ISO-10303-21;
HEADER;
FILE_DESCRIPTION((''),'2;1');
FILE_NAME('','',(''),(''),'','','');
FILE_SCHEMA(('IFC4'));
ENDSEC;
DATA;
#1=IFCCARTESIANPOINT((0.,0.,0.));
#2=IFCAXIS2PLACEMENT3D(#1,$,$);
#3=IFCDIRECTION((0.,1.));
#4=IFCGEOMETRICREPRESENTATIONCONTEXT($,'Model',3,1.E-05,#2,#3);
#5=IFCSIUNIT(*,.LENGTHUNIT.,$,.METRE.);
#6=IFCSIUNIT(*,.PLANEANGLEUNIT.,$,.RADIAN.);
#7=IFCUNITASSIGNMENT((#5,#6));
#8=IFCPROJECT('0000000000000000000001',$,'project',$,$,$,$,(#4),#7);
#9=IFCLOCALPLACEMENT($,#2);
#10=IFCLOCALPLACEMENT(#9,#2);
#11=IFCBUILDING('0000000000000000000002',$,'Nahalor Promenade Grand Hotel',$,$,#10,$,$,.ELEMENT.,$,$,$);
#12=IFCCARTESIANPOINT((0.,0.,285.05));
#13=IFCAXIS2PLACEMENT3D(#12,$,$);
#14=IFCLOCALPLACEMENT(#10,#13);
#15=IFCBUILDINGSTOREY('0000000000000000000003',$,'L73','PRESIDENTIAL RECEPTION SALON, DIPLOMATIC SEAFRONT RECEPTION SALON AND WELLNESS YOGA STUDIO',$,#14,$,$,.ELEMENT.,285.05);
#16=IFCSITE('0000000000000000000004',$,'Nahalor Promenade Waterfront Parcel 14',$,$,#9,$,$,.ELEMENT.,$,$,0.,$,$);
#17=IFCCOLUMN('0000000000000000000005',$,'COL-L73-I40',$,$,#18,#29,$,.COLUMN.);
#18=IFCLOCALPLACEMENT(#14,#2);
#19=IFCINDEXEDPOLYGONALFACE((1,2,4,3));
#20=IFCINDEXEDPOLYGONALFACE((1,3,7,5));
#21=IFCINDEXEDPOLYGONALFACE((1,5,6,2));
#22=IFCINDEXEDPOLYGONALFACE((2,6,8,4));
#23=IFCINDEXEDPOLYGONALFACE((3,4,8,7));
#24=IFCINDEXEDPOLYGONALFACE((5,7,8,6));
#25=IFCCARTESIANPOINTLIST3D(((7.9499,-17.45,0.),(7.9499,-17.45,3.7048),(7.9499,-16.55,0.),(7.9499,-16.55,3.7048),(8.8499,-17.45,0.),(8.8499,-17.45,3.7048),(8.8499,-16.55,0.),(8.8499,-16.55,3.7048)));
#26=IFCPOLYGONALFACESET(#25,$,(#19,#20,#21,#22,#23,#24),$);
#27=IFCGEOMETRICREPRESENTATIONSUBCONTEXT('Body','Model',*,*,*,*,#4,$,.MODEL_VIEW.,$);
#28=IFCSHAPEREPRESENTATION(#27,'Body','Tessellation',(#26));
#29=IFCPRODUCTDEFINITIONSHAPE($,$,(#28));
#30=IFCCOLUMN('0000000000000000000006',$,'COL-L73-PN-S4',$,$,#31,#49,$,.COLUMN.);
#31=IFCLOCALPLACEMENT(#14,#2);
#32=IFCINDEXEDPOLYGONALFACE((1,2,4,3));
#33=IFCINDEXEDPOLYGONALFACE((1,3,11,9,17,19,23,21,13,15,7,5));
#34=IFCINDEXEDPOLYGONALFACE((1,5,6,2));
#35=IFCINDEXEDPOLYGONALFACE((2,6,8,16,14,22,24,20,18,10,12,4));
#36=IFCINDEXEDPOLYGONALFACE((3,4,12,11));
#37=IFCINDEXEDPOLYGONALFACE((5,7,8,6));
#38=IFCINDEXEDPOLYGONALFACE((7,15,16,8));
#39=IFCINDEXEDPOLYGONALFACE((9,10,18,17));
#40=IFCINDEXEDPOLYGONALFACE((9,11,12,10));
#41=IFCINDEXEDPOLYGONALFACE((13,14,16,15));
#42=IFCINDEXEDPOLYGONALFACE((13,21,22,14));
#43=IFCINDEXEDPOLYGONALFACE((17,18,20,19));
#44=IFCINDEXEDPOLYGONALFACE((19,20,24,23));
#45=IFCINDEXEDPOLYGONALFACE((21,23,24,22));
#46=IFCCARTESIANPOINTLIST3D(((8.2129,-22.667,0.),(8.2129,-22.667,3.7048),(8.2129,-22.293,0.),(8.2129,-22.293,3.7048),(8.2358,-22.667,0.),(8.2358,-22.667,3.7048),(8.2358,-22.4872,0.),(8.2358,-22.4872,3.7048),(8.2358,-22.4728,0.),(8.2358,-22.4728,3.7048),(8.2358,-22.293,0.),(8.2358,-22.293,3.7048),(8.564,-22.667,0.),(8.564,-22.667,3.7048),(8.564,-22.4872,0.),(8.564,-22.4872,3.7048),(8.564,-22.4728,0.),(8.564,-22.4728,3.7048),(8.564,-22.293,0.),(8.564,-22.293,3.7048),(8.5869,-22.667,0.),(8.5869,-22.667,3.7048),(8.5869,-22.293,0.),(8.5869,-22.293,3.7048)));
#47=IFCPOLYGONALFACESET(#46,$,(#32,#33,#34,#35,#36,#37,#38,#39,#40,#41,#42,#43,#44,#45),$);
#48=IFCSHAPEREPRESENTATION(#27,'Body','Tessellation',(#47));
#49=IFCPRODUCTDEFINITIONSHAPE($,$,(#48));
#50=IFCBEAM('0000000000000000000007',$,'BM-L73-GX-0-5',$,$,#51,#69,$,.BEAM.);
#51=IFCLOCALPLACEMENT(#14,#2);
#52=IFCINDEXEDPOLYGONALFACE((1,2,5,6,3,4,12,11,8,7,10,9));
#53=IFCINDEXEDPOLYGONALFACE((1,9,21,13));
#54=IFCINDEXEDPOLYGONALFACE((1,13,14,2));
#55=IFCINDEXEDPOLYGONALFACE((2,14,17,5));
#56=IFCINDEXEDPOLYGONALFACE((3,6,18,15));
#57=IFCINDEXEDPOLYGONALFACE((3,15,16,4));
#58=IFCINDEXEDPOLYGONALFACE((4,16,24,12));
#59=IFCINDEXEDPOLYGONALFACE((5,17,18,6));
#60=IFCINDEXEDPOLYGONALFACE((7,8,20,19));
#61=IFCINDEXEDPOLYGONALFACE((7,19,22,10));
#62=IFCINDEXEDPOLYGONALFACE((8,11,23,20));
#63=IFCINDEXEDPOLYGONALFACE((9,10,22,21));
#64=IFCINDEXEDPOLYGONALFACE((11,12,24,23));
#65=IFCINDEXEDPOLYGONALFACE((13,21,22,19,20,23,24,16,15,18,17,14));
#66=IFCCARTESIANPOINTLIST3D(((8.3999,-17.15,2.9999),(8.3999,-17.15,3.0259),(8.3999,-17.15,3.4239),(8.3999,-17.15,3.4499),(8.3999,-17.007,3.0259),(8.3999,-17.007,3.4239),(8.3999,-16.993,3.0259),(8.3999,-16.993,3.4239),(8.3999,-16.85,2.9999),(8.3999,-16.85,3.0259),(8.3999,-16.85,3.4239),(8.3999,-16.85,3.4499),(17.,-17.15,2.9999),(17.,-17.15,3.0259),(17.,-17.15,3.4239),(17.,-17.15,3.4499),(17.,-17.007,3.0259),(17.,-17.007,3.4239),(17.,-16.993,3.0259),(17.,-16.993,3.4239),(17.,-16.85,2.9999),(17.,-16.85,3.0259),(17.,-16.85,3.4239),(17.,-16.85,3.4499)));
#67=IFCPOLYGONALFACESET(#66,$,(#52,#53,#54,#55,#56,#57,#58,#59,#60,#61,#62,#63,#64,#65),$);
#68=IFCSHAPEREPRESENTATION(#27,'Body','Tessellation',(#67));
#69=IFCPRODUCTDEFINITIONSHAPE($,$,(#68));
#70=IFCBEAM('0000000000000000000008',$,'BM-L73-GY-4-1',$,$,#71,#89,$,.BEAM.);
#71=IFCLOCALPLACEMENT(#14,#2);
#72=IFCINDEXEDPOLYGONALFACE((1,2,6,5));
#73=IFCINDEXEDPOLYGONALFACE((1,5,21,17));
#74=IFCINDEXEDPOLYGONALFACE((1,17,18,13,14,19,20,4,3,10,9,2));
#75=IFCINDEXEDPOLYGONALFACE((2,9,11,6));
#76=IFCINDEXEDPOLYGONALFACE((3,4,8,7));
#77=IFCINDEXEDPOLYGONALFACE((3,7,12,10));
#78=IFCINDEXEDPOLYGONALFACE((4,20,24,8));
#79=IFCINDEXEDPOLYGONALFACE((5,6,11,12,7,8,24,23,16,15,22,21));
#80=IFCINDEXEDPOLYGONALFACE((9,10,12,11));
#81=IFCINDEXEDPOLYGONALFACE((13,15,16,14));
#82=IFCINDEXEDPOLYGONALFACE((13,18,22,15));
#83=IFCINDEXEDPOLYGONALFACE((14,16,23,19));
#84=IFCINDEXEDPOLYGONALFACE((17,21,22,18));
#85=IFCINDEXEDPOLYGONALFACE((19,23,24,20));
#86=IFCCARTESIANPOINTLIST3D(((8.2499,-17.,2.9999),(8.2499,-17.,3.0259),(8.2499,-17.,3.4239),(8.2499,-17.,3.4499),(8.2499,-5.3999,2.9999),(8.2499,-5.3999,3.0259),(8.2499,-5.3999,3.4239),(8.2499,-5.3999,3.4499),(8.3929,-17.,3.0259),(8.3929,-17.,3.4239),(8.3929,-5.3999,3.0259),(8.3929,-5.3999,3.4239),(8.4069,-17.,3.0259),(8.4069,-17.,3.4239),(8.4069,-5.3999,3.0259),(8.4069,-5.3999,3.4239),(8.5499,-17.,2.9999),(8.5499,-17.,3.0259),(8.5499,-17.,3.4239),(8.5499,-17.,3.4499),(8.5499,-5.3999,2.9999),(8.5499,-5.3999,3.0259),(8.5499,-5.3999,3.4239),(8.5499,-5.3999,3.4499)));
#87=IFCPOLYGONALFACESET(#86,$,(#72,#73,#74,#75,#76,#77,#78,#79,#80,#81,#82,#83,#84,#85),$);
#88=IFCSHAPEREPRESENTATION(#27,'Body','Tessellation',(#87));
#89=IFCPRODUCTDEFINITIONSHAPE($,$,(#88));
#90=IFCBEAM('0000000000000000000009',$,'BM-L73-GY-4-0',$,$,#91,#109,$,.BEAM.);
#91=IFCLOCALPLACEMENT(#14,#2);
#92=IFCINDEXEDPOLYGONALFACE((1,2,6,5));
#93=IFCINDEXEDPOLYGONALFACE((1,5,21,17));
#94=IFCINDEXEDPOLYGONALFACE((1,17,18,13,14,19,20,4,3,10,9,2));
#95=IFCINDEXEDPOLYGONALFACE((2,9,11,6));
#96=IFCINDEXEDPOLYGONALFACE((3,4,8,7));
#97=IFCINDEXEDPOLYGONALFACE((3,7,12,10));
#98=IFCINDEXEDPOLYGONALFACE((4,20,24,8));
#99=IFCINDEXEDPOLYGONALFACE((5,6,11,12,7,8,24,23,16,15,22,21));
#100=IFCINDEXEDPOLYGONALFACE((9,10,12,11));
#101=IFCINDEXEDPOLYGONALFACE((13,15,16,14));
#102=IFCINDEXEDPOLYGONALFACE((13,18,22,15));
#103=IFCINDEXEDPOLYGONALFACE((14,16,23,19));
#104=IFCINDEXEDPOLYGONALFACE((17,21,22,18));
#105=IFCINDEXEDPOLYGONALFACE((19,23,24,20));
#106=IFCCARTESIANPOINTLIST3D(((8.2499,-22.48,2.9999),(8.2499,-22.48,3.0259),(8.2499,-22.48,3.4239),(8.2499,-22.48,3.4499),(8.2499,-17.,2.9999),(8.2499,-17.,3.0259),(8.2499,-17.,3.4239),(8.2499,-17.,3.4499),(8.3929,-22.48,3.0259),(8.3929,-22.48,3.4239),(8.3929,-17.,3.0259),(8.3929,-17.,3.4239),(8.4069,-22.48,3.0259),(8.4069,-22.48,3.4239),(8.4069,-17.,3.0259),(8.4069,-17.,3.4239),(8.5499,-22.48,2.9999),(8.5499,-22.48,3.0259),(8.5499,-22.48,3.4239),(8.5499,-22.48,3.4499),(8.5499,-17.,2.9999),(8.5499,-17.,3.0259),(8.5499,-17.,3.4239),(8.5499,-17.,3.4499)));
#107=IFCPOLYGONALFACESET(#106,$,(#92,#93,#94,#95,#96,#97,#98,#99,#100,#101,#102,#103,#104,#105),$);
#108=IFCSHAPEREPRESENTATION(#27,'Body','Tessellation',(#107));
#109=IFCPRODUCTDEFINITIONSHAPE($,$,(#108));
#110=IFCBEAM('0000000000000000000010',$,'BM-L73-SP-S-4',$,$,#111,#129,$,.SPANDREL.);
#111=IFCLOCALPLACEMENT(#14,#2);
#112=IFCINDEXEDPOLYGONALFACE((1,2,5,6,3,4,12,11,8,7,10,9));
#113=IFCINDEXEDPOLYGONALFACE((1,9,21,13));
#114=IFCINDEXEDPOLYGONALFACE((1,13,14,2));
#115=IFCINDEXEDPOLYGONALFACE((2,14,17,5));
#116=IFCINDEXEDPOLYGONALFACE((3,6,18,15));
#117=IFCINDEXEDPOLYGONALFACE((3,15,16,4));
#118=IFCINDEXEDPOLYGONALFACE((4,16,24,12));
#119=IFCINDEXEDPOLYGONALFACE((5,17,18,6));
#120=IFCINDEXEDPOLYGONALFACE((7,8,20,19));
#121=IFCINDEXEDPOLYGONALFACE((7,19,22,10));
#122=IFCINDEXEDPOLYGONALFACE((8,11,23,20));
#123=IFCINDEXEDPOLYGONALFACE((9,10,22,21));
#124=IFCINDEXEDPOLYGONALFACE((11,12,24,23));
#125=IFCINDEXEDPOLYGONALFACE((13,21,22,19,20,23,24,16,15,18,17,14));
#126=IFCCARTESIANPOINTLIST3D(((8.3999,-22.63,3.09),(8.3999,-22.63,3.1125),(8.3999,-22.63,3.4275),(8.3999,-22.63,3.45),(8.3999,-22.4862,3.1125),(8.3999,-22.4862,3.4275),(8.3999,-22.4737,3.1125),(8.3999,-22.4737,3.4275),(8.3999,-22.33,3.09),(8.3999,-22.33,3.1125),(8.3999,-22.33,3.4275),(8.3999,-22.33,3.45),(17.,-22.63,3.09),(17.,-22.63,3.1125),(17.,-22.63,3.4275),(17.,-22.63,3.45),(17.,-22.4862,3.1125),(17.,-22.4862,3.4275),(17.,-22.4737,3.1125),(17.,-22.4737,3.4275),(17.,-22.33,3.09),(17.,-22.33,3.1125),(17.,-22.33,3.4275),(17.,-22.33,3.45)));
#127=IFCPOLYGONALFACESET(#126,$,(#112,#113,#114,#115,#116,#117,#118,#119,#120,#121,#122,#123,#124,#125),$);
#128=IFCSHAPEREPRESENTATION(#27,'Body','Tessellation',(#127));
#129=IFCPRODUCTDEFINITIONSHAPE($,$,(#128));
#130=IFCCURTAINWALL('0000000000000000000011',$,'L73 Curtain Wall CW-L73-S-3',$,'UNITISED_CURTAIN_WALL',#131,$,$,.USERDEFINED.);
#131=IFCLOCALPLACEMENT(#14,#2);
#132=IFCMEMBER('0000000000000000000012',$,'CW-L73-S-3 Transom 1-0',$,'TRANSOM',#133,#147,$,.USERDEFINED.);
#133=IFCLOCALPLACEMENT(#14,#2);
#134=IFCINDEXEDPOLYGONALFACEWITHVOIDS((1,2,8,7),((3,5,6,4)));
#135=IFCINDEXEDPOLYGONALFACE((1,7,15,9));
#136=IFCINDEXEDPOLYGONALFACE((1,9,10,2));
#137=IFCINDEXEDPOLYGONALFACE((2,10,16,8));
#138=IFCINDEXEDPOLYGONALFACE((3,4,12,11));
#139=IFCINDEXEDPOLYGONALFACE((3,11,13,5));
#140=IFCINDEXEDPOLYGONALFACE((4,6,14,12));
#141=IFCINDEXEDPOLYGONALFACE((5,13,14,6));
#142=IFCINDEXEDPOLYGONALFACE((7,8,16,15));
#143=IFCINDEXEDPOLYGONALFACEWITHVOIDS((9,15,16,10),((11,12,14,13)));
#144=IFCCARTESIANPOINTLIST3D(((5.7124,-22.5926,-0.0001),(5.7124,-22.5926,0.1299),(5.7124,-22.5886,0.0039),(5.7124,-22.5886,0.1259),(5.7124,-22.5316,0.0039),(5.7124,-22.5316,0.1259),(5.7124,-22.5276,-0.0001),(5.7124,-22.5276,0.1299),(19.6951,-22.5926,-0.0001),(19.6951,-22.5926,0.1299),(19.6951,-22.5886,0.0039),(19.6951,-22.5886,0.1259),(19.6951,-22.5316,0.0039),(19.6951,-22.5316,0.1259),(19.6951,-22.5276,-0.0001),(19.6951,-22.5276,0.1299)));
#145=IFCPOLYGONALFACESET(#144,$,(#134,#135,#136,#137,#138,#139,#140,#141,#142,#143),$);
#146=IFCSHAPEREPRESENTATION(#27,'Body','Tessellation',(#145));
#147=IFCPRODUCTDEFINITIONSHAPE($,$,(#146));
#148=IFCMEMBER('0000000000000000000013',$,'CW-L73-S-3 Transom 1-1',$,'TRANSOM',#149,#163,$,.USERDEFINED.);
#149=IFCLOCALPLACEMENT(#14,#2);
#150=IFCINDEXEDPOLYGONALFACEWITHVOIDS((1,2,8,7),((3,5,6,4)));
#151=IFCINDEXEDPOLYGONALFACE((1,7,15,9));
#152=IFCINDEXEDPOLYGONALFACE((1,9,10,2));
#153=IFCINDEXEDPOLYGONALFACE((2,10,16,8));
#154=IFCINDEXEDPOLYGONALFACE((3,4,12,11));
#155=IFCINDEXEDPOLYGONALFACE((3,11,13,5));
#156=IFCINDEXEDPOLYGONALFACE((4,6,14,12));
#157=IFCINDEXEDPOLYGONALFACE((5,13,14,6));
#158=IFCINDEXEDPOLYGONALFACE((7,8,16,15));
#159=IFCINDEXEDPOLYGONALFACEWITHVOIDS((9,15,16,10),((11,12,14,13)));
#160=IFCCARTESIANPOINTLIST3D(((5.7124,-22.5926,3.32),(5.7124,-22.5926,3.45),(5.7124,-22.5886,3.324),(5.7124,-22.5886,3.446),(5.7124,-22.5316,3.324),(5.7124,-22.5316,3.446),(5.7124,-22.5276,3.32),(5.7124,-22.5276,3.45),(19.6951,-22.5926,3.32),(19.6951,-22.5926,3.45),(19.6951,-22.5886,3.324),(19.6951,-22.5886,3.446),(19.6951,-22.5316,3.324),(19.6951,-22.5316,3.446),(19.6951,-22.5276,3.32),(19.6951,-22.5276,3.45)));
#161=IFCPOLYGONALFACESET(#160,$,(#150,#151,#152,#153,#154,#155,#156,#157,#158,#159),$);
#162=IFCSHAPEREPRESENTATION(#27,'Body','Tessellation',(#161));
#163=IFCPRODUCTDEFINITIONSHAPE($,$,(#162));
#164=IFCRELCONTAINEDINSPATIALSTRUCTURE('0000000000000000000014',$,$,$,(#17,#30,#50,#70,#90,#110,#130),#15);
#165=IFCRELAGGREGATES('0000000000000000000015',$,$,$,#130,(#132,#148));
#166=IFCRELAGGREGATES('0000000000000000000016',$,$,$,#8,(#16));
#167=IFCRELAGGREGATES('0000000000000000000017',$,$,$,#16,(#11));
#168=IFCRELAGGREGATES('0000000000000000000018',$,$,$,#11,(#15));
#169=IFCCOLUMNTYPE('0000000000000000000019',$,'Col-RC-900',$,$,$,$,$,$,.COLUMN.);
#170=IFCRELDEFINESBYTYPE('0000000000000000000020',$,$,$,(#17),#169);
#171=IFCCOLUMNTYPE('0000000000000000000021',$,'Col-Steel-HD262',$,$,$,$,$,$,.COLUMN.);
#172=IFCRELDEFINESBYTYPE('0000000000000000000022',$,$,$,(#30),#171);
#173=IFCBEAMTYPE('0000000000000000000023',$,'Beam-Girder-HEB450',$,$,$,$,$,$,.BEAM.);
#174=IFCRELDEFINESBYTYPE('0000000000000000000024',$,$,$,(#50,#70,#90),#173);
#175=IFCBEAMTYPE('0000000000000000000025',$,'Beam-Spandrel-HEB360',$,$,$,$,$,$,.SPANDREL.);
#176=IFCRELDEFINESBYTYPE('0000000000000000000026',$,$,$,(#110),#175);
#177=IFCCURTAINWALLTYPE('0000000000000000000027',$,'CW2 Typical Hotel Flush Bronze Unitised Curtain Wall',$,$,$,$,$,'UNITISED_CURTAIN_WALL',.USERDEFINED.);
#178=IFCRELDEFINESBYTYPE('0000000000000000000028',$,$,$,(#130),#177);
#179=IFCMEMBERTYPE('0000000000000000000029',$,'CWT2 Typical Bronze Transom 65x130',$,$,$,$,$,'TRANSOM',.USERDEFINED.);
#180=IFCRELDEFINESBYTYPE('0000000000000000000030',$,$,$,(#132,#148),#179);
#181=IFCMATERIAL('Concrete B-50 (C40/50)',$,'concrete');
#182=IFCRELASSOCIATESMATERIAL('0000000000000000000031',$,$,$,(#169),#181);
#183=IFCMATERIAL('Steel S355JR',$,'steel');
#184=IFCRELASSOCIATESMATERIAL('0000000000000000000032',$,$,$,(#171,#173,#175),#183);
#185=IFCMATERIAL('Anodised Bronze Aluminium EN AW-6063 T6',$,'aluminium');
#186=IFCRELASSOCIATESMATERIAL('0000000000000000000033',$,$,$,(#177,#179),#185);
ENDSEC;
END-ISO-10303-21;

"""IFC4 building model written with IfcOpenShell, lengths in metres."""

from ifc_helpers import new_model, si_unit, direction, frame, origin, origin_2d, place, context, subcontext, project, spatial, rectangle, hollow_rectangle, i_section, extrude, source, transform, mapped, material, material_profile, profile_set, type_object, element, aggregate, save


model = new_model("IFC4")

# Units and contexts
model_context = context("Model", 3, precision=1e-05, world=origin(), true_north=direction((0.0, 1.0)))
body_context = subcontext(model_context, "Body", "Model", "MODEL_VIEW")
ifc_project = project(units=[si_unit("LENGTHUNIT", "METRE"), si_unit("PLANEANGLEUNIT", "RADIAN")], contexts=[model_context])

# Site, building, storey
site_placement = place(None, origin())
site = spatial("IfcSite", under=ifc_project, at=site_placement, Name="Nahalor Promenade Waterfront Parcel 14", CompositionType="ELEMENT", RefElevation=0.0)
building_placement = place(site_placement, origin())
building = spatial("IfcBuilding", under=site, at=building_placement, Name="Nahalor Promenade Grand Hotel", CompositionType="ELEMENT")
storey_placement = place(building_placement, frame((0.0, 0.0, 285.05)))
storey = spatial("IfcBuildingStorey", under=building, at=storey_placement, Name="L73", Description="PRESIDENTIAL RECEPTION SALON, DIPLOMATIC SEAFRONT RECEPTION SALON AND WELLNESS YOGA STUDIO", CompositionType="ELEMENT", Elevation=285.05)

# Columns
ifc_material_1 = material(Name="Concrete B-50 (C40/50)", Category="concrete")
ifc_material_profile_1 = material_profile(ifc_material_1, rectangle(XDim=0.9, YDim=0.9, at=origin_2d()), Name="RC 900x900")
ifc_profile_set_1 = profile_set([ifc_material_profile_1], Name="Concrete B-50 (C40/50)")
column_type_1 = type_object("IfcColumnType", Name="Col-RC-900", PredefinedType="COLUMN", material=ifc_profile_set_1)
shared_shape_1 = source(origin(), body_context, "Body", "SweptSolid", [
    extrude(rectangle(XDim=0.9, YDim=0.9, at=origin_2d()), origin(), (0.0, 0.0, 1.0), 3.7048),
])
column_1_placement = place(storey_placement, frame((8.3999, -17.0, 0.0), z_axis=(0.0, 0.0, 1.0), x_axis=(1.0, 0.0, 0.0)))
element("IfcColumn", 1, at=column_1_placement, inside=storey, type_object=column_type_1, Name="COL-L73-I40", PredefinedType="COLUMN", context=body_context, shape_type="MappedRepresentation", body=[
    mapped(shared_shape_1, transform((0.0, 0.0, 0.0), scale=1.0)),
])
ifc_material_2 = material(Name="Steel S355JR", Category="steel")
ifc_material_profile_2 = material_profile(ifc_material_2, i_section(OverallWidth=0.374, OverallDepth=0.374, WebThickness=0.0144, FlangeThickness=0.0229, at=origin_2d()), Name="HD 360x262")
ifc_profile_set_2 = profile_set([ifc_material_profile_2], Name="Steel S355JR")
column_type_2 = type_object("IfcColumnType", Name="Col-Steel-HD262", PredefinedType="COLUMN", material=ifc_profile_set_2)
shared_shape_2 = source(origin(), body_context, "Body", "SweptSolid", [
    extrude(i_section(OverallWidth=0.374, OverallDepth=0.374, WebThickness=0.0144, FlangeThickness=0.0229, at=origin_2d()), origin(), (0.0, 0.0, 1.0), 3.7048),
])
column_2_placement = place(storey_placement, frame((8.3999, -22.48, 0.0), z_axis=(0.0, 0.0, 1.0), x_axis=(0.0, 1.0, 0.0)))
element("IfcColumn", 2, at=column_2_placement, inside=storey, type_object=column_type_2, Name="COL-L73-PN-S4", PredefinedType="COLUMN", context=body_context, shape_type="MappedRepresentation", body=[
    mapped(shared_shape_2, transform((0.0, 0.0, 0.0), scale=1.0)),
])

# Beams
ifc_material_profile_3 = material_profile(ifc_material_2, i_section(OverallWidth=0.3, OverallDepth=0.45, WebThickness=0.014, FlangeThickness=0.026, at=origin_2d()), Name="HEB 450")
ifc_profile_set_3 = profile_set([ifc_material_profile_3], Name="Steel S355JR")
beam_type_1 = type_object("IfcBeamType", Name="Beam-Girder-HEB450", PredefinedType="BEAM", material=ifc_profile_set_3)
shared_shape_3 = source(origin(), body_context, "Body", "SweptSolid", [
    extrude(i_section(OverallWidth=0.3, OverallDepth=0.45, WebThickness=0.014, FlangeThickness=0.026, at=origin_2d()), origin(), (0.0, 0.0, 1.0), 8.6001),
])
beam_1_placement = place(storey_placement, frame((8.3999, -17.0, 3.2249), z_axis=(1.0, 0.0, 0.0), x_axis=(0.0, 1.0, 0.0)))
element("IfcBeam", 3, at=beam_1_placement, inside=storey, type_object=beam_type_1, Name="BM-L73-GX-0-5", PredefinedType="BEAM", context=body_context, shape_type="MappedRepresentation", body=[
    mapped(shared_shape_3, transform((0.0, 0.0, 0.0), scale=1.0)),
])
shared_shape_4 = source(origin(), body_context, "Body", "SweptSolid", [
    extrude(i_section(OverallWidth=0.3, OverallDepth=0.45, WebThickness=0.014, FlangeThickness=0.026, at=origin_2d()), origin(), (0.0, 0.0, 1.0), 11.6001),
])
beam_2_placement = place(storey_placement, frame((8.3999, -17.0, 3.2249), z_axis=(0.0, 1.0, 0.0), x_axis=(-1.0, 0.0, 0.0)))
element("IfcBeam", 4, at=beam_2_placement, inside=storey, type_object=beam_type_1, Name="BM-L73-GY-4-1", PredefinedType="BEAM", context=body_context, shape_type="MappedRepresentation", body=[
    mapped(shared_shape_4, transform((0.0, 0.0, 0.0), scale=1.0)),
])
shared_shape_5 = source(origin(), body_context, "Body", "SweptSolid", [
    extrude(i_section(OverallWidth=0.3, OverallDepth=0.45, WebThickness=0.014, FlangeThickness=0.026, at=origin_2d()), origin(), (0.0, 0.0, 1.0), 5.48),
])
beam_3_placement = place(storey_placement, frame((8.3999, -22.48, 3.2249), z_axis=(0.0, 1.0, 0.0), x_axis=(-1.0, 0.0, 0.0)))
element("IfcBeam", 5, at=beam_3_placement, inside=storey, type_object=beam_type_1, Name="BM-L73-GY-4-0", PredefinedType="BEAM", context=body_context, shape_type="MappedRepresentation", body=[
    mapped(shared_shape_5, transform((0.0, 0.0, 0.0), scale=1.0)),
])
ifc_material_profile_4 = material_profile(ifc_material_2, i_section(OverallWidth=0.3, OverallDepth=0.36, WebThickness=0.0125, FlangeThickness=0.0225, at=origin_2d()), Name="HEB 360")
ifc_profile_set_4 = profile_set([ifc_material_profile_4], Name="Steel S355JR")
beam_type_2 = type_object("IfcBeamType", Name="Beam-Spandrel-HEB360", PredefinedType="SPANDREL", material=ifc_profile_set_4)
shared_shape_6 = source(origin(), body_context, "Body", "SweptSolid", [
    extrude(i_section(OverallWidth=0.3, OverallDepth=0.36, WebThickness=0.0125, FlangeThickness=0.0225, at=origin_2d()), origin(), (0.0, 0.0, 1.0), 8.6001),
])
beam_4_placement = place(storey_placement, frame((8.3999, -22.48, 3.27), z_axis=(1.0, 0.0, 0.0), x_axis=(0.0, 1.0, 0.0)))
element("IfcBeam", 6, at=beam_4_placement, inside=storey, type_object=beam_type_2, Name="BM-L73-SP-S-4", PredefinedType="SPANDREL", context=body_context, shape_type="MappedRepresentation", body=[
    mapped(shared_shape_6, transform((0.0, 0.0, 0.0), scale=1.0)),
])

# Curtain wall, members
ifc_material_3 = material(Name="Anodised Bronze Aluminium EN AW-6063 T6", Category="aluminium")
curtain_wall_type = type_object("IfcCurtainWallType", Name="CW2 Typical Hotel Flush Bronze Unitised Curtain Wall", ElementType="UNITISED_CURTAIN_WALL", PredefinedType="USERDEFINED", material=ifc_material_3)
curtain_wall_placement = place(storey_placement, origin())
curtain_wall = element("IfcCurtainWall", 7, at=curtain_wall_placement, inside=storey, type_object=curtain_wall_type, Name="L73 Curtain Wall CW-L73-S-3", ObjectType="UNITISED_CURTAIN_WALL", PredefinedType="USERDEFINED")
ifc_material_profile_5 = material_profile(ifc_material_3, hollow_rectangle(XDim=0.065, YDim=0.13, WallThickness=0.004, at=origin_2d()), Name="CWT 65x130x4")
ifc_profile_set_5 = profile_set([ifc_material_profile_5], Name="Anodised Bronze Aluminium EN AW-6063 T6")
member_type_1 = type_object("IfcMemberType", Name="CWT2 Typical Bronze Transom 65x130", ElementType="TRANSOM", PredefinedType="USERDEFINED", material=ifc_profile_set_5)
shared_shape_7 = source(origin(), body_context, "Body", "SweptSolid", [
    extrude(hollow_rectangle(XDim=0.065, YDim=0.13, WallThickness=0.004, at=origin_2d()), origin(), (0.0, 0.0, 1.0), 13.9827),
])
member_1_placement = place(storey_placement, frame((5.7124, -22.5601, 0.0649), z_axis=(1.0, 0.0, 0.0), x_axis=(0.0, 1.0, 0.0)))
member_1 = element("IfcMember", 8, at=member_1_placement, type_object=member_type_1, Name="CW-L73-S-3 Transom 1-0", ObjectType="TRANSOM", PredefinedType="USERDEFINED", context=body_context, shape_type="MappedRepresentation", body=[
    mapped(shared_shape_7, transform((0.0, 0.0, 0.0), scale=1.0)),
])
member_2_placement = place(storey_placement, frame((5.7124, -22.5601, 3.385), z_axis=(1.0, 0.0, 0.0), x_axis=(0.0, 1.0, 0.0)))
member_2 = element("IfcMember", 9, at=member_2_placement, type_object=member_type_1, Name="CW-L73-S-3 Transom 1-1", ObjectType="TRANSOM", PredefinedType="USERDEFINED", context=body_context, shape_type="MappedRepresentation", body=[
    mapped(shared_shape_7, transform((0.0, 0.0, 0.0), scale=1.0)),
])
aggregate(curtain_wall, [member_1, member_2])

save(model, "model.ifc")
